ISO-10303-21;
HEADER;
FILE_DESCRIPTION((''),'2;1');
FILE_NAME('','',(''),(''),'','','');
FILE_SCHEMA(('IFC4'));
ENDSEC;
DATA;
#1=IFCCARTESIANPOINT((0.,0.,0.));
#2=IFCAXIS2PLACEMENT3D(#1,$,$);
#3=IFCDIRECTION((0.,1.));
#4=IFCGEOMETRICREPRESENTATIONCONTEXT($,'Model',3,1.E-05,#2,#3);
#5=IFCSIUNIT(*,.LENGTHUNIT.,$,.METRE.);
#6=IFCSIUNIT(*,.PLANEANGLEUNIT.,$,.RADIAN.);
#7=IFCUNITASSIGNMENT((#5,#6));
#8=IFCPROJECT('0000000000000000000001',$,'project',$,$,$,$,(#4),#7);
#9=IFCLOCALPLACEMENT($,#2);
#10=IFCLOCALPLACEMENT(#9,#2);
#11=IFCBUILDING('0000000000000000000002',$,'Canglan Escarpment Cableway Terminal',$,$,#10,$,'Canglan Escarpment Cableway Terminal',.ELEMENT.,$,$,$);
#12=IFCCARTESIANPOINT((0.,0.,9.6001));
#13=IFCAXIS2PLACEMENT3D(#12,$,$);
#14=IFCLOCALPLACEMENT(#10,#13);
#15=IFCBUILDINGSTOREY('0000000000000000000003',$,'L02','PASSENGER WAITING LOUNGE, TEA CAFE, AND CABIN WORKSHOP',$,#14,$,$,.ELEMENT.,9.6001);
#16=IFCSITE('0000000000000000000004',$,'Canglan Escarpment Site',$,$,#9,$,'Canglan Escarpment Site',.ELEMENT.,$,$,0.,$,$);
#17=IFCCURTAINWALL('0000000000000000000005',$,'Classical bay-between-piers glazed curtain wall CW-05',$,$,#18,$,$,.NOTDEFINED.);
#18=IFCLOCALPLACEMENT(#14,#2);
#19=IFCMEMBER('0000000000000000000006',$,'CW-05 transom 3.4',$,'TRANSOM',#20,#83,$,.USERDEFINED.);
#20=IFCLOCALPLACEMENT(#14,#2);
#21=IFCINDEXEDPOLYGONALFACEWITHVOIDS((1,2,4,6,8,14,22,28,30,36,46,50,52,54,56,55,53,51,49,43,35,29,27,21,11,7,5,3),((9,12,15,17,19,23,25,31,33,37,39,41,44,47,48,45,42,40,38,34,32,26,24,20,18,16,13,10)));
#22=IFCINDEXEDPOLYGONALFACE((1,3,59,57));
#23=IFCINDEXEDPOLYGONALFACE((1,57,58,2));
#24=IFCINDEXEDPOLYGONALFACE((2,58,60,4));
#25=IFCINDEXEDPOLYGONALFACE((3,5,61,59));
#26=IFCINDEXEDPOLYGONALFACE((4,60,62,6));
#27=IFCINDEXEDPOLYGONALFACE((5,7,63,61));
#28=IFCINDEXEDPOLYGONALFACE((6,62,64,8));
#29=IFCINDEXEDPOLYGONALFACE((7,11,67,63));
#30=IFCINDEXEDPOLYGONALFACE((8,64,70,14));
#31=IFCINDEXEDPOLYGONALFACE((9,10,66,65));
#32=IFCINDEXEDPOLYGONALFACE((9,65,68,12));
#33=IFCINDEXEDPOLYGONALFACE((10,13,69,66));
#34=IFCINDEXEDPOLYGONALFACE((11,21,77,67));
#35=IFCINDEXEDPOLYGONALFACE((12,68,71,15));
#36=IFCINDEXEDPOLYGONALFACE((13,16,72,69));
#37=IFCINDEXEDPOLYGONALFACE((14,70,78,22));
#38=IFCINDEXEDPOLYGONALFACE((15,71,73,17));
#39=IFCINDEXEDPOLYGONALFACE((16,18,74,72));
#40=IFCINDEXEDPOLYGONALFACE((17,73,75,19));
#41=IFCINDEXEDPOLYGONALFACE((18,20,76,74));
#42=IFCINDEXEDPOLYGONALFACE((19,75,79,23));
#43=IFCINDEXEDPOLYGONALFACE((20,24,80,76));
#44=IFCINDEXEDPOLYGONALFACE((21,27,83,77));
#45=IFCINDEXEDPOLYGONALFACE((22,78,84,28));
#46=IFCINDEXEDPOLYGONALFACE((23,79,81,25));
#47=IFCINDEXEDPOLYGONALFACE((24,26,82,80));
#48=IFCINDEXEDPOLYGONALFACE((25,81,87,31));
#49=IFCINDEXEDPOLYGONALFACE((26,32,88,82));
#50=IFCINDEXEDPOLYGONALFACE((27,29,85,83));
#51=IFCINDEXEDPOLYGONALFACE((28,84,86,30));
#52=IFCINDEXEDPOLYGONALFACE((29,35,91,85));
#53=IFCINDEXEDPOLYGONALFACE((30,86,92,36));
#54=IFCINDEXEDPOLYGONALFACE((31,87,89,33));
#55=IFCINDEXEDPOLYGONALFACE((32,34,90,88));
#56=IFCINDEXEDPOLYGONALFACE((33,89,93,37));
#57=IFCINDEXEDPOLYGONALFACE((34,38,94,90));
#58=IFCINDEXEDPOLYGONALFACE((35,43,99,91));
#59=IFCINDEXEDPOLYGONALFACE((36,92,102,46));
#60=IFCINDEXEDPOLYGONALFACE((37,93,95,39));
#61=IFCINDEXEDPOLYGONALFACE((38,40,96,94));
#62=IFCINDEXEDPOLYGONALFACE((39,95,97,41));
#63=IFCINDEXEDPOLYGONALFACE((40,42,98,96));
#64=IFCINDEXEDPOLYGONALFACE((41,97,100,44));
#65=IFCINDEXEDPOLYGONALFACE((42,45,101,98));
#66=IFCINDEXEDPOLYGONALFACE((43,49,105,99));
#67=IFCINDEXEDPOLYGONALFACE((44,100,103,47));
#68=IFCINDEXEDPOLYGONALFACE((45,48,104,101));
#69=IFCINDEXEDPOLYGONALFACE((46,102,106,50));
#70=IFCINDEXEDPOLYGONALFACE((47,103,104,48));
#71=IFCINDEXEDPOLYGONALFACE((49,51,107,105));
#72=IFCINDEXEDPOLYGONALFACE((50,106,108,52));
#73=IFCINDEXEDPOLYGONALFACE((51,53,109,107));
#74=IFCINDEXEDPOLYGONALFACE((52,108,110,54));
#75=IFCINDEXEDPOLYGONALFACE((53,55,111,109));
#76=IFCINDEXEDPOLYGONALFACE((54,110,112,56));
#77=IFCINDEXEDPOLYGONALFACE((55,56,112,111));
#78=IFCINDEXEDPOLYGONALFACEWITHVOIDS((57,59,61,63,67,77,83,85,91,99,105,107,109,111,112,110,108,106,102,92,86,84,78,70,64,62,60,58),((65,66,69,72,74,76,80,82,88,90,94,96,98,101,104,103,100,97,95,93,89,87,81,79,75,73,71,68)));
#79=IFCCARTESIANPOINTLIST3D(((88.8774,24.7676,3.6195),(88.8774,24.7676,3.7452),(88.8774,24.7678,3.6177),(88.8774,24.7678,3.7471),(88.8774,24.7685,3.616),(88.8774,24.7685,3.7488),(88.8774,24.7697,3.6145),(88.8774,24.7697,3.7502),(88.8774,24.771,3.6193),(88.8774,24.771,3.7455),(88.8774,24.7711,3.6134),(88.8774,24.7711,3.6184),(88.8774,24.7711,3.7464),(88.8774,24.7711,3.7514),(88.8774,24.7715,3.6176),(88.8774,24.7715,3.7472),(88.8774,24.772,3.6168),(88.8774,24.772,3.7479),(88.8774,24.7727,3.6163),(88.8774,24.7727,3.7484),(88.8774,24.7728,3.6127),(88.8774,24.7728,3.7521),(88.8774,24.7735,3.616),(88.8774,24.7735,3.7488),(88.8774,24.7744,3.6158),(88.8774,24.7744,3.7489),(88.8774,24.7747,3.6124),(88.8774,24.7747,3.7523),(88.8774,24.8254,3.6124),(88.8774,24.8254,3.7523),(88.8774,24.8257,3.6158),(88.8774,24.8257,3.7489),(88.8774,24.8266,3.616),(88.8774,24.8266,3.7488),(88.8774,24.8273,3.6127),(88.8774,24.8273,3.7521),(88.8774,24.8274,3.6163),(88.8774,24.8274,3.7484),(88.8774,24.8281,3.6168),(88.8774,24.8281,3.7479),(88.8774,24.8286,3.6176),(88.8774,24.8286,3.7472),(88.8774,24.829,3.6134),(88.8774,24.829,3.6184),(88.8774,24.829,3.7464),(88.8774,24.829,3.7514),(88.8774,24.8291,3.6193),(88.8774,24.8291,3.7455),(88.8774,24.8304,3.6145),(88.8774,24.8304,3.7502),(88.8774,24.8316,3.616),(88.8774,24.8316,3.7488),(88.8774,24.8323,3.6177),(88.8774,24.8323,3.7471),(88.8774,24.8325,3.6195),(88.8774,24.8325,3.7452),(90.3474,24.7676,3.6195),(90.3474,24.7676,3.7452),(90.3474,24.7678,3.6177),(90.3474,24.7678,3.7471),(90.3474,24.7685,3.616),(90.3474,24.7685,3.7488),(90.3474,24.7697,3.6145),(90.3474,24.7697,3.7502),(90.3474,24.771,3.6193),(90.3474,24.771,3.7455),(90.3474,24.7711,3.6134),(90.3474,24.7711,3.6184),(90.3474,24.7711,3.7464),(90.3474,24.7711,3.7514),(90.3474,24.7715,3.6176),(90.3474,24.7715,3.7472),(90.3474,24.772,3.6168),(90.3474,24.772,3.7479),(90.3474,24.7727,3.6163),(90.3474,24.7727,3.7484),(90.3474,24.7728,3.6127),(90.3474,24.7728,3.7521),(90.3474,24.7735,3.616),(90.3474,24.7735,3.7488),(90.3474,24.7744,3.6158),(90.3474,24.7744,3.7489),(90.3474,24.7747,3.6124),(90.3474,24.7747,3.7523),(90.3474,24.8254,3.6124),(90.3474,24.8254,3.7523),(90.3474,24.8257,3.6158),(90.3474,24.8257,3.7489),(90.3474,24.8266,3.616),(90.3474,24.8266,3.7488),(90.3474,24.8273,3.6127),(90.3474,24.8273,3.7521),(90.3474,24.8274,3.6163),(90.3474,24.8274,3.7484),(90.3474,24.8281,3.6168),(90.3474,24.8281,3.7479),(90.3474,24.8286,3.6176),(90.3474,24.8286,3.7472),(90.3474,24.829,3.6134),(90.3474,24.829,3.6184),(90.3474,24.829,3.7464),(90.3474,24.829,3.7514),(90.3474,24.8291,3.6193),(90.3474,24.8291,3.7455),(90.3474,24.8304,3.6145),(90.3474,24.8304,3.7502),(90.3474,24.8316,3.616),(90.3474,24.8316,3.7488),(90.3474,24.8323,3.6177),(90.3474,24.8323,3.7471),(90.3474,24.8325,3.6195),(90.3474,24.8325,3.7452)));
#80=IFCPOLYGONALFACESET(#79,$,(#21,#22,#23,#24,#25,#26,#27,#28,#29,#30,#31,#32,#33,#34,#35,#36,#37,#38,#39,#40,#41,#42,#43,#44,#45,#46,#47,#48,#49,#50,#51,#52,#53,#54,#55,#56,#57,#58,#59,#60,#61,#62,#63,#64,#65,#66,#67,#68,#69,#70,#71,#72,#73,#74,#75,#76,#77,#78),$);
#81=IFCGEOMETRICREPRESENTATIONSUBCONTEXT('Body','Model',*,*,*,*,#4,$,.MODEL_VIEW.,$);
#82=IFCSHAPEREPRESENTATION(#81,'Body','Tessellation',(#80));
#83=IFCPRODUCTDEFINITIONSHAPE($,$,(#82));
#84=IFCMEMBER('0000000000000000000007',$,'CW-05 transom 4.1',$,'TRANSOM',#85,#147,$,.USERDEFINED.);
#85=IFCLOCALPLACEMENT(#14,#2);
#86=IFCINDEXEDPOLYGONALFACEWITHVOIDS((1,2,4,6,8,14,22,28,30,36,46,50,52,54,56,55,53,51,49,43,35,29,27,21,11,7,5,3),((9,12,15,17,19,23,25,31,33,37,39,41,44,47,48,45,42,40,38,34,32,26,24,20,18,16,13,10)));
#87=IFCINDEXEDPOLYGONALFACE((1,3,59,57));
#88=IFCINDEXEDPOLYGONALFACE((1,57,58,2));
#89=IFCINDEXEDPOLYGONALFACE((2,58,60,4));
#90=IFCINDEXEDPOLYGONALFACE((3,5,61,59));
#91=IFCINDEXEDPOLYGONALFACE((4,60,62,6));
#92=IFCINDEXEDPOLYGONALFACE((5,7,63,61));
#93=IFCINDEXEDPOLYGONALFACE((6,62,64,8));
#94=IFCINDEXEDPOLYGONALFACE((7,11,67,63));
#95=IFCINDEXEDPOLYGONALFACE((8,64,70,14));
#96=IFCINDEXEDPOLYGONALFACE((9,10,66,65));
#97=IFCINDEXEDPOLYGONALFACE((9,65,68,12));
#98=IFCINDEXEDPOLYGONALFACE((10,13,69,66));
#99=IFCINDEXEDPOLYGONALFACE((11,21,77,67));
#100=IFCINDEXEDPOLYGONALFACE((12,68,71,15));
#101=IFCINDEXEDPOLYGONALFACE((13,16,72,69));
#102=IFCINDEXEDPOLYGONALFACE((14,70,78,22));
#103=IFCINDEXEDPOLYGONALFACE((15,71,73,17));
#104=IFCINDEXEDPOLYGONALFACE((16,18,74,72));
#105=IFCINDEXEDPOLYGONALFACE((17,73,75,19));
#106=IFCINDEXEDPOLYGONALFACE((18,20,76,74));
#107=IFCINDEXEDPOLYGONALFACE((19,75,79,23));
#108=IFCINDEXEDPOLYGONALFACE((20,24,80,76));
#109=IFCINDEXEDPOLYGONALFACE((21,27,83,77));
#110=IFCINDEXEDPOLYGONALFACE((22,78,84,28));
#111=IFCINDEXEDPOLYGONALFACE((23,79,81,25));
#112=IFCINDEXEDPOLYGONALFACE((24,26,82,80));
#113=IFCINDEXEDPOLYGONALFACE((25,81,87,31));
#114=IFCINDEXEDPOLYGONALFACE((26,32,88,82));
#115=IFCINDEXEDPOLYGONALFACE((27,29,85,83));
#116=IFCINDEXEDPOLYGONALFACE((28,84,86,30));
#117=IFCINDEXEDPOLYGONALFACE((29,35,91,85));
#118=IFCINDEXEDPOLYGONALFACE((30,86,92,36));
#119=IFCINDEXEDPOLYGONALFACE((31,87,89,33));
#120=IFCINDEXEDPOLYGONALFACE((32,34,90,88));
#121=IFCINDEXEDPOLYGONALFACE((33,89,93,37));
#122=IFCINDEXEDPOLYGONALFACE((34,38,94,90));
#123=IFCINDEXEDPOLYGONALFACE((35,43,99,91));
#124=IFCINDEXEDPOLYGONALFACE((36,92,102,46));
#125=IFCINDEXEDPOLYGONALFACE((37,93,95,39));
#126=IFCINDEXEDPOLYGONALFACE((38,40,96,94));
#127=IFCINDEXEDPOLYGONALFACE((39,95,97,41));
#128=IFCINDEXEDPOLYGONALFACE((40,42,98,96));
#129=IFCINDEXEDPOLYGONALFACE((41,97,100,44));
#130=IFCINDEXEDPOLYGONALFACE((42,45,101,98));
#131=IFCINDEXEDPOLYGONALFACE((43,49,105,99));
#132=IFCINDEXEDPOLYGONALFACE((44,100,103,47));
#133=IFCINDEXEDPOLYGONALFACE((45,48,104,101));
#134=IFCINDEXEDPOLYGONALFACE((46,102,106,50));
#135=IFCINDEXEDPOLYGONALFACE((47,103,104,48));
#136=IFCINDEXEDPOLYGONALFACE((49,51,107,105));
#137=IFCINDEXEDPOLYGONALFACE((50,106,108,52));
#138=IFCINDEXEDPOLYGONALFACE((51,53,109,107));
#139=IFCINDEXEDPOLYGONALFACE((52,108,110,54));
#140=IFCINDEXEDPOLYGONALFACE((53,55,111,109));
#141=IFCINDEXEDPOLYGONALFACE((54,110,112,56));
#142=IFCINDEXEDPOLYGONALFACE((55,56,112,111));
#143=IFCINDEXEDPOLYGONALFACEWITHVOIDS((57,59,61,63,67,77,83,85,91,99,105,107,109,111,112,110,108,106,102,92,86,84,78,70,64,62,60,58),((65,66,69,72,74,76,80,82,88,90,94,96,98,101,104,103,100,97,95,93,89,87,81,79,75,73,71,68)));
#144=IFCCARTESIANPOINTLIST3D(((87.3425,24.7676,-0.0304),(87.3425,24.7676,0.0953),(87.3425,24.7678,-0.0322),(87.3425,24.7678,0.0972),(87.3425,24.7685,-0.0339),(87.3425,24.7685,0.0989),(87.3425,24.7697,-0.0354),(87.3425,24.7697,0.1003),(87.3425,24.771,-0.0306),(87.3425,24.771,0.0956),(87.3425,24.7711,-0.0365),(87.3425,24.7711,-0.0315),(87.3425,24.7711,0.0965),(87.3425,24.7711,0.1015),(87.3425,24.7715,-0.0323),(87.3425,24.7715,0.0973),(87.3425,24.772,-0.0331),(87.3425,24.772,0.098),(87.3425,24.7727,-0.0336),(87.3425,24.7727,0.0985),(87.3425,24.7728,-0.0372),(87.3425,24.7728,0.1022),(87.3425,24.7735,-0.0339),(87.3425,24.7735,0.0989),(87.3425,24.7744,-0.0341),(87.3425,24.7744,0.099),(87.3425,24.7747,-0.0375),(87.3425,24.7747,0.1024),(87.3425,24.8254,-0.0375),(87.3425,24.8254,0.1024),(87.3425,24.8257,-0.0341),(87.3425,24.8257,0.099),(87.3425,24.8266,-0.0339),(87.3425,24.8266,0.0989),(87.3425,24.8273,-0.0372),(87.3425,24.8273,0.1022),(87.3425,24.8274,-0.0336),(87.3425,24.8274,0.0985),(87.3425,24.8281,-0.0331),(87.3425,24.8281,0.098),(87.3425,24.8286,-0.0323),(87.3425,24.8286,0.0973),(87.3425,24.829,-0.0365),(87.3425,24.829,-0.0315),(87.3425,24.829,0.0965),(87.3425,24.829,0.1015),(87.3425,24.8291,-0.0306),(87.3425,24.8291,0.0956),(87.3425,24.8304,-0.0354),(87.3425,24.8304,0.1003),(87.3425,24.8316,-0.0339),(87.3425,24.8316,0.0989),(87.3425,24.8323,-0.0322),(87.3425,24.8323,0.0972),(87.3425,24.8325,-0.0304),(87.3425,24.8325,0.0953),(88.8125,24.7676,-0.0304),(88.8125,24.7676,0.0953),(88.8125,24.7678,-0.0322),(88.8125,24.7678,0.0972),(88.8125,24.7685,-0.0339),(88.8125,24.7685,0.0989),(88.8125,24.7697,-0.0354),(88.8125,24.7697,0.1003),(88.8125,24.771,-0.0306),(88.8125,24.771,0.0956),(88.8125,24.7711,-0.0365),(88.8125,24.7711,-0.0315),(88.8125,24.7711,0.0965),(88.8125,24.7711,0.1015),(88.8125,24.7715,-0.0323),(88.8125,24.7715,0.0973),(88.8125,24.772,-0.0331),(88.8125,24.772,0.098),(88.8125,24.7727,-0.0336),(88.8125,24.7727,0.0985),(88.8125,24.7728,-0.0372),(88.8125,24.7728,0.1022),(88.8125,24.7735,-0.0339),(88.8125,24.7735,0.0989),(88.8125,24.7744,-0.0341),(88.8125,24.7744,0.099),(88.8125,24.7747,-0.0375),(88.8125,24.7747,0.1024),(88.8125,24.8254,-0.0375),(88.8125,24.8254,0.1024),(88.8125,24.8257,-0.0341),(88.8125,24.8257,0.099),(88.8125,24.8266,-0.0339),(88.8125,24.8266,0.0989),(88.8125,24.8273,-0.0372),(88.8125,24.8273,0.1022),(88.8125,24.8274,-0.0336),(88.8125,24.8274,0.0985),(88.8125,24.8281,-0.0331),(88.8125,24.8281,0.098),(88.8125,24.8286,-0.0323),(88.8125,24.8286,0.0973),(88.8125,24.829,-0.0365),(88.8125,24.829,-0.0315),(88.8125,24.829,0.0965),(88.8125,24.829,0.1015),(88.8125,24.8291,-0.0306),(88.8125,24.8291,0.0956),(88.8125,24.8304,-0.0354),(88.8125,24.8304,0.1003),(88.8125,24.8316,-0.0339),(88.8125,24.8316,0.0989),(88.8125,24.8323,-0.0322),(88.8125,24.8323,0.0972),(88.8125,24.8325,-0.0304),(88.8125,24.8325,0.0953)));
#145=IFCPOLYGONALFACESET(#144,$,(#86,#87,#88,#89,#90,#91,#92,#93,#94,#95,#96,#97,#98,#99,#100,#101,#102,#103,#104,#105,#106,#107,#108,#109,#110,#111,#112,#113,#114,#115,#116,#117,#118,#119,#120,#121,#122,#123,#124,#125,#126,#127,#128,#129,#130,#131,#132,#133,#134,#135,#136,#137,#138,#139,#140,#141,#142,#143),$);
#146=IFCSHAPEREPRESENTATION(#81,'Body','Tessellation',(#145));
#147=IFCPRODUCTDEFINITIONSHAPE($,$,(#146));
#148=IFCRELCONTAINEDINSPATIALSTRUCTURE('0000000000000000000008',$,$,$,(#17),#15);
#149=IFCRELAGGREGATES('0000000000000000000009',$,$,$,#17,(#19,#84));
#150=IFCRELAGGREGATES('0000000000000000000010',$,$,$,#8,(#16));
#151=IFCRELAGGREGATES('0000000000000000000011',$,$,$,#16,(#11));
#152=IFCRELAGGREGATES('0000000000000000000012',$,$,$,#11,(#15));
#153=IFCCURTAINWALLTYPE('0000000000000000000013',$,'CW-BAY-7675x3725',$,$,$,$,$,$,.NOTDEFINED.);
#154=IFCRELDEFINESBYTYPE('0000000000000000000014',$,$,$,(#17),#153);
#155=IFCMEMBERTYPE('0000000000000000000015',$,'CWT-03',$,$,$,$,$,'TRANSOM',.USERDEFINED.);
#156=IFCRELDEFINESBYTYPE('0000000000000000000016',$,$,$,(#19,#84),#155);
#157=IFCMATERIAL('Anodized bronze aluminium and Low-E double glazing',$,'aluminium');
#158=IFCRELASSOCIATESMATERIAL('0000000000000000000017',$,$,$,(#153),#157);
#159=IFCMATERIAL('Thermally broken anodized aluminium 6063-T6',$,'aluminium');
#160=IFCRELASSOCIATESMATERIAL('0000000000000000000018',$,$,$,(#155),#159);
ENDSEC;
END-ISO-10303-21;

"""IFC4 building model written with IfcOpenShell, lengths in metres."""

from ifc_helpers import new_model, si_unit, direction, frame, origin, origin_2d, place, context, subcontext, project, spatial, hollow_rectangle, extrude, material, material_profile, profile_set, type_object, element, aggregate, save


model = new_model("IFC4")

# Units and contexts
model_context = context("Model", 3, precision=1e-05, world=origin(), true_north=direction((0.0, 1.0)))
body_context = subcontext(model_context, "Body", "Model", "MODEL_VIEW")
ifc_project = project(units=[si_unit("LENGTHUNIT", "METRE"), si_unit("PLANEANGLEUNIT", "RADIAN")], contexts=[model_context])

# Site, building, storey
site_placement = place(None, origin())
site = spatial("IfcSite", under=ifc_project, at=site_placement, Name="Canglan Escarpment Site", LongName="Canglan Escarpment Site", CompositionType="ELEMENT", RefElevation=0.0)
building_placement = place(site_placement, origin())
building = spatial("IfcBuilding", under=site, at=building_placement, Name="Canglan Escarpment Cableway Terminal", LongName="Canglan Escarpment Cableway Terminal", CompositionType="ELEMENT")
storey_placement = place(building_placement, frame((0.0, 0.0, 9.6001)))
storey = spatial("IfcBuildingStorey", under=building, at=storey_placement, Name="L02", Description="PASSENGER WAITING LOUNGE, TEA CAFE, AND CABIN WORKSHOP", CompositionType="ELEMENT", Elevation=9.6001)

# Curtain wall, members
ifc_material_1 = material(Name="Anodized bronze aluminium and Low-E double glazing", Category="aluminium")
curtain_wall_type = type_object("IfcCurtainWallType", Name="CW-BAY-7675x3725", PredefinedType="NOTDEFINED", material=ifc_material_1)
curtain_wall_placement = place(storey_placement, origin())
curtain_wall = element("IfcCurtainWall", 1, at=curtain_wall_placement, inside=storey, type_object=curtain_wall_type, Name="Classical bay-between-piers glazed curtain wall CW-05", PredefinedType="NOTDEFINED")
ifc_material_2 = material(Name="Thermally broken anodized aluminium 6063-T6", Category="aluminium")
ifc_material_profile_1 = material_profile(ifc_material_2, hollow_rectangle(XDim=0.0649, YDim=0.1399, WallThickness=0.0034, InnerFilletRadius=0.0034, OuterFilletRadius=0.0071, at=origin_2d()), Name="ALU-TRAN 65x140x3.5")
ifc_profile_set_1 = profile_set([ifc_material_profile_1], Name="Thermally broken anodized aluminium 6063-T6")
member_type_1 = type_object("IfcMemberType", Name="CWT-03", ElementType="TRANSOM", PredefinedType="USERDEFINED", material=ifc_profile_set_1)
member_1_placement = place(storey_placement, frame((90.3474, 24.8, 3.6824), z_axis=(-1.0, 0.0, 0.0), x_axis=(0.0, -1.0, 0.0)))
member_1 = element("IfcMember", 2, at=member_1_placement, type_object=member_type_1, Name="CW-05 transom 3.4", ObjectType="TRANSOM", PredefinedType="USERDEFINED", context=body_context, shape_type="SweptSolid", body=[
    extrude(hollow_rectangle(XDim=0.0649, YDim=0.1399, WallThickness=0.0034, InnerFilletRadius=0.0034, OuterFilletRadius=0.0071, at=origin_2d()), origin(), (0.0, 0.0, 1.0), 1.47),
])
member_2_placement = place(storey_placement, frame((88.8125, 24.8, 0.0325), z_axis=(-1.0, 0.0, 0.0), x_axis=(0.0, -1.0, 0.0)))
member_2 = element("IfcMember", 3, at=member_2_placement, type_object=member_type_1, Name="CW-05 transom 4.1", ObjectType="TRANSOM", PredefinedType="USERDEFINED", context=body_context, shape_type="SweptSolid", body=[
    extrude(hollow_rectangle(XDim=0.0649, YDim=0.1399, WallThickness=0.0034, InnerFilletRadius=0.0034, OuterFilletRadius=0.0071, at=origin_2d()), origin(), (0.0, 0.0, 1.0), 1.47),
])
aggregate(curtain_wall, [member_1, member_2])

save(model, "model.ifc")
